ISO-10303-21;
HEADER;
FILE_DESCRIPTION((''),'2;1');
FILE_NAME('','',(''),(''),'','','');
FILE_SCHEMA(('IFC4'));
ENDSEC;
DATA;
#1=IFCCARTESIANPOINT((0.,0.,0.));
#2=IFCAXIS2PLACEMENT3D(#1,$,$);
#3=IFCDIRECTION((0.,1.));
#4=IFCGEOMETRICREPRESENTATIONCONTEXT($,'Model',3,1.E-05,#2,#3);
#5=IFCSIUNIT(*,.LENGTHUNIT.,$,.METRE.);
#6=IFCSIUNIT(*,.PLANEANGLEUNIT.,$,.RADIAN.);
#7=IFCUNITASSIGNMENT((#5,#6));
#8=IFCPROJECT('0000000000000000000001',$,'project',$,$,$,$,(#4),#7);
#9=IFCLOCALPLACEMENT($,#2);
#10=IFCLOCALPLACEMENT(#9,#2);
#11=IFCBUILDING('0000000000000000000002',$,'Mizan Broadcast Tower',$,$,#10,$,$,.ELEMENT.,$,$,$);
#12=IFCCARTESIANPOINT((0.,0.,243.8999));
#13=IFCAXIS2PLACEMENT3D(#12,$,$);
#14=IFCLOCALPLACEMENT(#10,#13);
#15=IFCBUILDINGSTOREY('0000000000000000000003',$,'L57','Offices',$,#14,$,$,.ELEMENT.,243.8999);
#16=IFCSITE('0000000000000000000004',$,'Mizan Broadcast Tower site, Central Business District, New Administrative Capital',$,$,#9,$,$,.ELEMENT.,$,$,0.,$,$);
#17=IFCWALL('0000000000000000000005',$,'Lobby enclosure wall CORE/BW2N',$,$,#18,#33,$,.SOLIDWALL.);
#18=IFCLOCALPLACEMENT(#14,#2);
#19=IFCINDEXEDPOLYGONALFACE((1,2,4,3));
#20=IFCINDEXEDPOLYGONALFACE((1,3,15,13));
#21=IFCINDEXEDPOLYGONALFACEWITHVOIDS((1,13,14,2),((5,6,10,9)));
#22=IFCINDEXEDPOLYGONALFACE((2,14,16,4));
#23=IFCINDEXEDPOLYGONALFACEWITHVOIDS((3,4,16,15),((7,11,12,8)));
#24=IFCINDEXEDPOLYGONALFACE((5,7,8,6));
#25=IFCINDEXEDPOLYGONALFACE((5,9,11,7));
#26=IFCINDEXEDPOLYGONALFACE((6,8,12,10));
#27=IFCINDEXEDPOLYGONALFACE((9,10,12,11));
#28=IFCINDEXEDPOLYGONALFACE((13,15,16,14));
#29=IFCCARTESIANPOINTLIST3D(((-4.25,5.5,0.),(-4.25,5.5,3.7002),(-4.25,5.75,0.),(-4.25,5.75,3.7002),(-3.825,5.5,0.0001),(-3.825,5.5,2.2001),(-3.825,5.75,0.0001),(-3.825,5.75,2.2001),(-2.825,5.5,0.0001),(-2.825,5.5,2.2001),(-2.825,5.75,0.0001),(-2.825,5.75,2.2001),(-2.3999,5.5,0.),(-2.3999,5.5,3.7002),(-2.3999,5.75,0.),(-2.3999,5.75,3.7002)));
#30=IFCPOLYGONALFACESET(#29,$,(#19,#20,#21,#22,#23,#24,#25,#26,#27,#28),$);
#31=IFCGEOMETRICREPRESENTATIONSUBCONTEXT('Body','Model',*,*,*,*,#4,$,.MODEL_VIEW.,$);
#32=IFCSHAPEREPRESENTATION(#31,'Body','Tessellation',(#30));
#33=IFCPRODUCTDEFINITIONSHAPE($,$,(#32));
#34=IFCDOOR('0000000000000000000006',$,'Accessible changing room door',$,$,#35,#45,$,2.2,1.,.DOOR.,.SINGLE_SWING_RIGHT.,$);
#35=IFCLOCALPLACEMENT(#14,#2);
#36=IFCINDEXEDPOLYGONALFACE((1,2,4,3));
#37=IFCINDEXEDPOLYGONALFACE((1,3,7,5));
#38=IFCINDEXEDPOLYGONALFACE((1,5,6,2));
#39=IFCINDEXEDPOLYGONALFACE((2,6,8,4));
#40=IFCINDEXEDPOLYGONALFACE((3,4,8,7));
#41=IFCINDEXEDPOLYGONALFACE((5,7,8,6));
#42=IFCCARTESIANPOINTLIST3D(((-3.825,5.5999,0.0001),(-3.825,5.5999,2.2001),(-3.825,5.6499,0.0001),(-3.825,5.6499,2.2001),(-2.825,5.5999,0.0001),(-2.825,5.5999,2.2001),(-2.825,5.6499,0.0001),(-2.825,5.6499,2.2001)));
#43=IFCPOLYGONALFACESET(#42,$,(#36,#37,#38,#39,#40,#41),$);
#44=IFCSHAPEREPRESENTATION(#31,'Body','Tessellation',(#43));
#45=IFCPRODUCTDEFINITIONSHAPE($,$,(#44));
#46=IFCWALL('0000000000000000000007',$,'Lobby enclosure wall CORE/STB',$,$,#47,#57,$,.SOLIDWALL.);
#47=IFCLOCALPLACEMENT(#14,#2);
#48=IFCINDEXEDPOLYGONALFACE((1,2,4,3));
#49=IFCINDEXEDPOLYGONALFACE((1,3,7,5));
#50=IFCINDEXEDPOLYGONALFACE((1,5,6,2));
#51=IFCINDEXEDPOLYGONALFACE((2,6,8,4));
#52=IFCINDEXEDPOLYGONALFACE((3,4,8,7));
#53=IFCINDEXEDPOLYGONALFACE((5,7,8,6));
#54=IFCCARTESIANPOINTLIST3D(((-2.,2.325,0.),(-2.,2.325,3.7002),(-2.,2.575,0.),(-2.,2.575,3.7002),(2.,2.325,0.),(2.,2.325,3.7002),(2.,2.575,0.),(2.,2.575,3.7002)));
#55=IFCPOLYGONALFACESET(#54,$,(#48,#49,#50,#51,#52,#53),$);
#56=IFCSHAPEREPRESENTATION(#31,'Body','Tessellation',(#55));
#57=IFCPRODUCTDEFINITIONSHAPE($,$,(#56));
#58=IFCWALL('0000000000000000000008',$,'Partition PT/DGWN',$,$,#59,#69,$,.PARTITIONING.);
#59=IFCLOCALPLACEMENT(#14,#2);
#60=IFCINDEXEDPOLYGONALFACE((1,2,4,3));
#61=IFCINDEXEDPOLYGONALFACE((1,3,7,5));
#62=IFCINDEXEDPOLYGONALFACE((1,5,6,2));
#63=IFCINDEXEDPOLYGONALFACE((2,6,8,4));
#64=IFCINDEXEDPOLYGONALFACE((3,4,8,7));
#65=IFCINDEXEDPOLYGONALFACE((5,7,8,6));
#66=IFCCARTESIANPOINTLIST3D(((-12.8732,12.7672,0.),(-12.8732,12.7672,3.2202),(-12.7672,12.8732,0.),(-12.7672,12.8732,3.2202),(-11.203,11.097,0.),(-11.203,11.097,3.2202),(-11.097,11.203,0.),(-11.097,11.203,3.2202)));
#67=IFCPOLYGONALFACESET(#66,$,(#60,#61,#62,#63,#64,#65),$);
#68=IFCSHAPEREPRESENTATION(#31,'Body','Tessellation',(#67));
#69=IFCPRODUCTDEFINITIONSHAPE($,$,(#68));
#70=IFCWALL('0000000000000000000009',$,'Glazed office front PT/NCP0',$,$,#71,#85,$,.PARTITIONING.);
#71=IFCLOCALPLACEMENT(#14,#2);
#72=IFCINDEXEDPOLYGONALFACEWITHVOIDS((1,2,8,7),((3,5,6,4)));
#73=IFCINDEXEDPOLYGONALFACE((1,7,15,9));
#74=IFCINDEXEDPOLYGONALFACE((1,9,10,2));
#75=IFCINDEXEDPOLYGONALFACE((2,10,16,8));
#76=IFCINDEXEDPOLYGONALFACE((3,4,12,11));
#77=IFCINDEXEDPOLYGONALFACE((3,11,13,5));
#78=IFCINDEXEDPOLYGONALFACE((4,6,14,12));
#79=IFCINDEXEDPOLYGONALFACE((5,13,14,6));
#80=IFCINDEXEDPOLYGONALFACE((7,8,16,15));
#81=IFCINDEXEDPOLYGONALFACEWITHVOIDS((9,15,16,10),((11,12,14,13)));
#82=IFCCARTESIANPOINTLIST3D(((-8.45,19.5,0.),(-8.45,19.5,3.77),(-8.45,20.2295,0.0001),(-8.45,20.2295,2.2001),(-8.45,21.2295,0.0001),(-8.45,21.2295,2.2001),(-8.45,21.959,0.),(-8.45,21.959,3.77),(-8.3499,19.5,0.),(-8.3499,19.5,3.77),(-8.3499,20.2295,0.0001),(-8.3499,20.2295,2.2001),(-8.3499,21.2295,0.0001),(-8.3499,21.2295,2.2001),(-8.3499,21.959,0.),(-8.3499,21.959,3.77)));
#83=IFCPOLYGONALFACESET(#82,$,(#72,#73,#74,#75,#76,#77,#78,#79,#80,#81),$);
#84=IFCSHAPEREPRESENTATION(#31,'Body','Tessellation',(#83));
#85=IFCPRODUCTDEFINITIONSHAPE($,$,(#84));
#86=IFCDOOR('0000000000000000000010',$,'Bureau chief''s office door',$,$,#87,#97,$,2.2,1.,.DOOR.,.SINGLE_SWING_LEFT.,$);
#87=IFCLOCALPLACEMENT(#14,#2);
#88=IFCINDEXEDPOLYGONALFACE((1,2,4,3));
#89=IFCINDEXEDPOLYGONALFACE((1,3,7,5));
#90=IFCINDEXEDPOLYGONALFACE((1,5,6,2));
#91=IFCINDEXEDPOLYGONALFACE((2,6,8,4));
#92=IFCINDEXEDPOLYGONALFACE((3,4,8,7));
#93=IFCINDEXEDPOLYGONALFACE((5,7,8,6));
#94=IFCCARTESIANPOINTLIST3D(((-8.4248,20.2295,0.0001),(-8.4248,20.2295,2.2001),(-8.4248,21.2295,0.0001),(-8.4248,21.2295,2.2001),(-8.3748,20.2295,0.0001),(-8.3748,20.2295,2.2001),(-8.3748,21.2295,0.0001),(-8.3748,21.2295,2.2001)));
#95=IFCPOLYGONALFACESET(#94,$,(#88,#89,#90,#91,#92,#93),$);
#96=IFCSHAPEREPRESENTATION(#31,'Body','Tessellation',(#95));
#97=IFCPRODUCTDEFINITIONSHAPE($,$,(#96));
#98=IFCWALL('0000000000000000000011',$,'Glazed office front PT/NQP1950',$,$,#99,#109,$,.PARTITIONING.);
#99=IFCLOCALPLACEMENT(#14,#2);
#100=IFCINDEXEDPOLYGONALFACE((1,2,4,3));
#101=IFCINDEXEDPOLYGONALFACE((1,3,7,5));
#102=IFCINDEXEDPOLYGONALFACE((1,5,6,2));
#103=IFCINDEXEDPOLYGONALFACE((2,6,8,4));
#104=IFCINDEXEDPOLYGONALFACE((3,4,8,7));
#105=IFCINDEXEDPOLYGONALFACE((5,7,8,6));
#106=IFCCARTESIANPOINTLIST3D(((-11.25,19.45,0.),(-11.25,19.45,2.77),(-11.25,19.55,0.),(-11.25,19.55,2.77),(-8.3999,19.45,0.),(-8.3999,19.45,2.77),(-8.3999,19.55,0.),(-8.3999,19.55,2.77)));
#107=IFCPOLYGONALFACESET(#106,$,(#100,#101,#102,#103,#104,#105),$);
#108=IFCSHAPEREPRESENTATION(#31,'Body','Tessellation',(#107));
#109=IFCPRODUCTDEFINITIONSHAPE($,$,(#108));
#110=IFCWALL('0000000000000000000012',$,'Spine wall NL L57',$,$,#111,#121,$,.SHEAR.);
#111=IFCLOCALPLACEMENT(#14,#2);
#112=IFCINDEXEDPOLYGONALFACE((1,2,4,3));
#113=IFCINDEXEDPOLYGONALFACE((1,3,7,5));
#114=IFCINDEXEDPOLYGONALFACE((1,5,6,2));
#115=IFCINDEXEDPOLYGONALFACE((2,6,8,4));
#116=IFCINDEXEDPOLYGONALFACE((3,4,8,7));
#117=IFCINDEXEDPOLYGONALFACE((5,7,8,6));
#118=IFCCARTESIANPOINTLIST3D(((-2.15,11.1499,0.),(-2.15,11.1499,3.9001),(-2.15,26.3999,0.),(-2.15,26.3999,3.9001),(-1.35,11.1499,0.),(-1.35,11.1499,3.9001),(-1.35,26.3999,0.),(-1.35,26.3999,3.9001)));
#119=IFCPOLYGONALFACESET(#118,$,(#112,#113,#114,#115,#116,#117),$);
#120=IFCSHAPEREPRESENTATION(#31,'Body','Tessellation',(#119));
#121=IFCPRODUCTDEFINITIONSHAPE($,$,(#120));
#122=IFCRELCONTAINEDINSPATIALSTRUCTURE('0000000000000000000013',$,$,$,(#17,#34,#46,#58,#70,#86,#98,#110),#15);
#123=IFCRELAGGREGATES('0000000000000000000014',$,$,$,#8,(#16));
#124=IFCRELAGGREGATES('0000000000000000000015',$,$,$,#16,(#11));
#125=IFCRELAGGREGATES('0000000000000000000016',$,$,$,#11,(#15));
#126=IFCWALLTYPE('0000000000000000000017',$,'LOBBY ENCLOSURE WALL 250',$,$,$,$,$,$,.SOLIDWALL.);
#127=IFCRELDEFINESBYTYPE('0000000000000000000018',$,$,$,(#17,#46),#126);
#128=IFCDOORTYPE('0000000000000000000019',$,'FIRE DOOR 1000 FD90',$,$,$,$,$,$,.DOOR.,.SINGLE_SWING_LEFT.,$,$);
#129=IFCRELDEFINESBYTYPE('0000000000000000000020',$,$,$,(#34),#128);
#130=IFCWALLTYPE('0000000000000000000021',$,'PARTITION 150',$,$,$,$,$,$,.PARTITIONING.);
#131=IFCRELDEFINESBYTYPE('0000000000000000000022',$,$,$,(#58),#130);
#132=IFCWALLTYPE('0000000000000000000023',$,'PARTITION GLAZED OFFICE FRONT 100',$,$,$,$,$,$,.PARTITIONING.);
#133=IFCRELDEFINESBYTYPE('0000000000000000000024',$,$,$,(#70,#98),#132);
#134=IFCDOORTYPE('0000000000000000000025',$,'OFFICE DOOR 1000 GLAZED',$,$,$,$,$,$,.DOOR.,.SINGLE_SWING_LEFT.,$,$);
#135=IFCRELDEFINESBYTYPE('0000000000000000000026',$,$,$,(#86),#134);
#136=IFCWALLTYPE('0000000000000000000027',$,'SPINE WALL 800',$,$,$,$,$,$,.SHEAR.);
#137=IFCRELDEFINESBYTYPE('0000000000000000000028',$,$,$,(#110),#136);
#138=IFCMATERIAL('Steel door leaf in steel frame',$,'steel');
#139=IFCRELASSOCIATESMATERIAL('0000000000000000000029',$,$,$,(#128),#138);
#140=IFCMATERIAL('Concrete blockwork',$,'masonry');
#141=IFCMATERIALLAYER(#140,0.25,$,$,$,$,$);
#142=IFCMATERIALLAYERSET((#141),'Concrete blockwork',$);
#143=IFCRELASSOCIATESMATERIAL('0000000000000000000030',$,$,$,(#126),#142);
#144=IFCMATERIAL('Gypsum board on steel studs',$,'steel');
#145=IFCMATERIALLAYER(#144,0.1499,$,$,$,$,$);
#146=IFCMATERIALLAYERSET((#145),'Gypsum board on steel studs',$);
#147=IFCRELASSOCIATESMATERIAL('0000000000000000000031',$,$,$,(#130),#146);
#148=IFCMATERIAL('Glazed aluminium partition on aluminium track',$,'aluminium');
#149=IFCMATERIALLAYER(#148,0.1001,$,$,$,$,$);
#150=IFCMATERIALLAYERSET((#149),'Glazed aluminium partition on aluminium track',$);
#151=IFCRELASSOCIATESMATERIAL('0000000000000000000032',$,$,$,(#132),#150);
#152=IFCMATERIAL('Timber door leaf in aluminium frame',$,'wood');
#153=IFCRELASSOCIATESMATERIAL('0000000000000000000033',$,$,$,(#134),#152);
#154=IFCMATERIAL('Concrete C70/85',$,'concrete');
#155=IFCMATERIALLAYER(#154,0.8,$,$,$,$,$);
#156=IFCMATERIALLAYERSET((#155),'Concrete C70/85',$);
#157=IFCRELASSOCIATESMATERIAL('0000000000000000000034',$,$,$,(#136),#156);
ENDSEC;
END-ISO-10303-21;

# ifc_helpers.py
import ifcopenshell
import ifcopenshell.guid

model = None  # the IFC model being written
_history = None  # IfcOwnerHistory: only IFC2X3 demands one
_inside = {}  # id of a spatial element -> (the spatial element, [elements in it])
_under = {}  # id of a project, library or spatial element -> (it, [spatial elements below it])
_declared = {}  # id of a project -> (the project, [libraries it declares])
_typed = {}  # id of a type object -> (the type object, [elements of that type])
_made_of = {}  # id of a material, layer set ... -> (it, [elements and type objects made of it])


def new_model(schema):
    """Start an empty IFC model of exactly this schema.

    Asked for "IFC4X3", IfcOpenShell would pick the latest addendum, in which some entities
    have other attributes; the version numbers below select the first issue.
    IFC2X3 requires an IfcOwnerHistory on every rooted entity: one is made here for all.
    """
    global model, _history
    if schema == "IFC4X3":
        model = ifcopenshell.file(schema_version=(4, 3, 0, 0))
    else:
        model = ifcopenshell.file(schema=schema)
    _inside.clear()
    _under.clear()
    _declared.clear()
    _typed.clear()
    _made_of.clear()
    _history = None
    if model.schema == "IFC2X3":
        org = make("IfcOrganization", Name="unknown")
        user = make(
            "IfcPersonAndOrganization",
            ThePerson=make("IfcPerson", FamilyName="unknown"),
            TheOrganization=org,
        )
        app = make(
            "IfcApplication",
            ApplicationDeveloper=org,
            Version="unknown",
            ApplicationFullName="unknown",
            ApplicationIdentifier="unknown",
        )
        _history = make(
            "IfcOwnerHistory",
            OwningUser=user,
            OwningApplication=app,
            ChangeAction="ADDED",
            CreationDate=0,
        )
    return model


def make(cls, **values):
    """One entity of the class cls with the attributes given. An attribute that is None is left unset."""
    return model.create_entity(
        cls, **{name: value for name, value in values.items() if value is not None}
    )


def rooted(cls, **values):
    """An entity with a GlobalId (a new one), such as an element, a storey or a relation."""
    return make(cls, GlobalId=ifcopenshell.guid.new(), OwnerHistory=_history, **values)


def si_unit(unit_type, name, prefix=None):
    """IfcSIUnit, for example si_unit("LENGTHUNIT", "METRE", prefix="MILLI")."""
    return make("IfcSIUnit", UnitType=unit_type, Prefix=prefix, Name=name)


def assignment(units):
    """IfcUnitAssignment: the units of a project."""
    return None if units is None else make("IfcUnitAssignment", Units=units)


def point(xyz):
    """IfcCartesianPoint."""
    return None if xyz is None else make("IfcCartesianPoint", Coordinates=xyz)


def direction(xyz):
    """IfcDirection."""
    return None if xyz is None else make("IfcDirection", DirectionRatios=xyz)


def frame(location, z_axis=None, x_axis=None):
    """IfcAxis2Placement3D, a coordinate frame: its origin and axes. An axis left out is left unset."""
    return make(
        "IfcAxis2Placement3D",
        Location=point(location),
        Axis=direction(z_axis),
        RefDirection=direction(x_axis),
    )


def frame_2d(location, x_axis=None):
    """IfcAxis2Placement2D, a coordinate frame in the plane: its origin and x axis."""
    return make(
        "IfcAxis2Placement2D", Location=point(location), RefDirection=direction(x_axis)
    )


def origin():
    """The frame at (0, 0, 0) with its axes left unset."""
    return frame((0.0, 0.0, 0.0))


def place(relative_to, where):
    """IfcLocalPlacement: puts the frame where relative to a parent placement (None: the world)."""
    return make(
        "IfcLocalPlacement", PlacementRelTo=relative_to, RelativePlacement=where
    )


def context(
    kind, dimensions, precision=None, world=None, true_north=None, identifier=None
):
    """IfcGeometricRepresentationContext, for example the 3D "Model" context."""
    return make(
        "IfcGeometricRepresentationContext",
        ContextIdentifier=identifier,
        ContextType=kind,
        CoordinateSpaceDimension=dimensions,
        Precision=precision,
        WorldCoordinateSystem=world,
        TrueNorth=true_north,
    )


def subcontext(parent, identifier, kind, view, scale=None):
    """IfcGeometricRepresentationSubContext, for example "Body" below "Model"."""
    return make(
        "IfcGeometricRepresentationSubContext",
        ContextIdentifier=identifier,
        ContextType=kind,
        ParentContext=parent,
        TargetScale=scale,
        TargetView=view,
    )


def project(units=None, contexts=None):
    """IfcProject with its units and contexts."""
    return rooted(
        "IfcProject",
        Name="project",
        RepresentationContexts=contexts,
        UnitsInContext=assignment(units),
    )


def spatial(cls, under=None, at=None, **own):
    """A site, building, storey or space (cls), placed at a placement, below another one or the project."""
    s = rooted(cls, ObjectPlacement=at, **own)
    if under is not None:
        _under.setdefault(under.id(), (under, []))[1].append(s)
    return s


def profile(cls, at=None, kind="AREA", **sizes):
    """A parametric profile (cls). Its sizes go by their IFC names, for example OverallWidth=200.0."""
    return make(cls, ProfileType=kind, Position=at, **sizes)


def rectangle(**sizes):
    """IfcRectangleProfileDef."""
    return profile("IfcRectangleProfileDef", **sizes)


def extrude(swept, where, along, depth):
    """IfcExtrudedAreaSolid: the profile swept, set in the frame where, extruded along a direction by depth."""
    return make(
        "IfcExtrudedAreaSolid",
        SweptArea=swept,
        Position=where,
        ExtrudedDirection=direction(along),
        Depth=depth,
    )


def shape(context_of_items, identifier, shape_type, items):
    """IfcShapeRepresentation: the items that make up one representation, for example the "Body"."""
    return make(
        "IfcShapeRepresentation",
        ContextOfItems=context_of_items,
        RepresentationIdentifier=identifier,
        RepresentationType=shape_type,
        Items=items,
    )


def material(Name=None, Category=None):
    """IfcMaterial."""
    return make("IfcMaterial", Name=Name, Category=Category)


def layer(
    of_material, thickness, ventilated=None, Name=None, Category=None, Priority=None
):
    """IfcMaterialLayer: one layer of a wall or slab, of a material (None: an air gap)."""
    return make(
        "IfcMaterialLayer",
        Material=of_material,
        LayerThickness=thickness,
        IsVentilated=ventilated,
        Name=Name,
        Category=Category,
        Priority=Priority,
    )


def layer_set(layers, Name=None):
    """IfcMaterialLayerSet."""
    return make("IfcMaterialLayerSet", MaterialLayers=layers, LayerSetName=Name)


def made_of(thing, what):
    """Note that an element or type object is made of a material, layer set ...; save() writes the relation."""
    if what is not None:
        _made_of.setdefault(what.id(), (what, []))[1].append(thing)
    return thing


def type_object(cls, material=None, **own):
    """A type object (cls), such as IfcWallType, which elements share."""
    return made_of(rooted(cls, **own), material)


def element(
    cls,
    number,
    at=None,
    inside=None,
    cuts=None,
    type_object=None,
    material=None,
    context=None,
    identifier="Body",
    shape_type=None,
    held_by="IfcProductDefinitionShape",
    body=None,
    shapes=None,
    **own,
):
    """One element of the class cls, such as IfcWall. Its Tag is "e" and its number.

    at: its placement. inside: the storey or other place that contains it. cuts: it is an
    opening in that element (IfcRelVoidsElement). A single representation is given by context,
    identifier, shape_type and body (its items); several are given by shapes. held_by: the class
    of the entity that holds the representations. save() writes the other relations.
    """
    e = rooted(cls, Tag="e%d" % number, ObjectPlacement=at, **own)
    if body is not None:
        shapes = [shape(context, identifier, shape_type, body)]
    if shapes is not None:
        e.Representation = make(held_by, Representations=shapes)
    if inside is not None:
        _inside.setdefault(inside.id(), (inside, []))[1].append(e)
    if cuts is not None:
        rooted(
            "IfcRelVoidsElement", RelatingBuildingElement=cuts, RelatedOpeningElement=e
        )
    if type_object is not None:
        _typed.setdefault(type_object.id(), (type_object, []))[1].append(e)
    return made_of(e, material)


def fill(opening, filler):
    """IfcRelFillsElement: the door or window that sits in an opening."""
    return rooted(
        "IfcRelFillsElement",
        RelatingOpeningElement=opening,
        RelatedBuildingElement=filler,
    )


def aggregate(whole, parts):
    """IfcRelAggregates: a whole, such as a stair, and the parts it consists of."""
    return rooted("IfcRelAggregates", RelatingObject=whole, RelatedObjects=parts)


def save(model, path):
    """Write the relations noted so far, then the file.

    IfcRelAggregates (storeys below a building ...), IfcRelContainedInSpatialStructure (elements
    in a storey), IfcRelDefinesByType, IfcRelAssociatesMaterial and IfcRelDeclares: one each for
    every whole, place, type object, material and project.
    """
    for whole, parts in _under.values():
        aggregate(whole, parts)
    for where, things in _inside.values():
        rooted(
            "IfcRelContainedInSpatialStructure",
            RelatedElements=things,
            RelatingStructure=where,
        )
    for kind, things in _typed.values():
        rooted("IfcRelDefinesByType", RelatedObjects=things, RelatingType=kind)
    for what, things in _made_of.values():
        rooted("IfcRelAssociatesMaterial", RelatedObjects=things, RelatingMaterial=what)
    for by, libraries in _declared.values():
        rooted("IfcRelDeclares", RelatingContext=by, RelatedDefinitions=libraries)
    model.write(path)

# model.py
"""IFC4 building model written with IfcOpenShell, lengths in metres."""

from ifc_helpers import new_model, si_unit, direction, frame, frame_2d, origin, place, context, subcontext, project, spatial, rectangle, extrude, material, layer, layer_set, type_object, element, fill, save


model = new_model("IFC4")

# Units and contexts
model_context = context("Model", 3, precision=1e-05, world=origin(), true_north=direction((0.0, 1.0)))
body_context = subcontext(model_context, "Body", "Model", "MODEL_VIEW")
ifc_project = project(units=[si_unit("LENGTHUNIT", "METRE"), si_unit("PLANEANGLEUNIT", "RADIAN")], contexts=[model_context])

# Site, building, storey
site_placement = place(None, origin())
site = spatial("IfcSite", under=ifc_project, at=site_placement, Name="Mizan Broadcast Tower site, Central Business District, New Administrative Capital", CompositionType="ELEMENT", RefElevation=0.0)
building_placement = place(site_placement, origin())
building = spatial("IfcBuilding", under=site, at=building_placement, Name="Mizan Broadcast Tower", CompositionType="ELEMENT")
storey_placement = place(building_placement, frame((0.0, 0.0, 243.8999)))
storey = spatial("IfcBuildingStorey", under=building, at=storey_placement, Name="L57", Description="Offices", CompositionType="ELEMENT", Elevation=243.8999)

# Shared definitions
ifc_material_1 = material(Name="Steel door leaf in steel frame", Category="steel")
door_type_1 = type_object("IfcDoorType", Name="FIRE DOOR 1000 FD90", OperationType="SINGLE_SWING_LEFT", PredefinedType="DOOR", material=ifc_material_1)

# Shared definitions
ifc_material_2 = material(Name="Concrete blockwork", Category="masonry")
ifc_layer_1 = layer(ifc_material_2, 0.25)
ifc_layer_set_1 = layer_set([ifc_layer_1], Name="Concrete blockwork")
wall_type_1 = type_object("IfcWallType", Name="LOBBY ENCLOSURE WALL 250", PredefinedType="SOLIDWALL", material=ifc_layer_set_1)

# Wall, opening, door
wall_1_placement = place(storey_placement, frame((-4.25, 5.625, 0.0), z_axis=(0.0, 0.0, 1.0), x_axis=(1.0, 0.0, 0.0)))
wall_1 = element("IfcWall", 1, at=wall_1_placement, inside=storey, type_object=wall_type_1, Name="Lobby enclosure wall CORE/BW2N", PredefinedType="SOLIDWALL", context=body_context, shape_type="SweptSolid", body=[
    extrude(rectangle(XDim=1.8501, YDim=0.25, at=frame_2d((0.925, 0.0))), origin(), (0.0, 0.0, 1.0), 3.7002),
])
opening_1_placement = place(wall_1_placement, frame((0.425, 0.0, 0.0)))
opening_1 = element("IfcOpeningElement", 2, at=opening_1_placement, cuts=wall_1, PredefinedType="OPENING", context=body_context, shape_type="SweptSolid", body=[
    extrude(rectangle(XDim=1.0, YDim=2.2, at=frame_2d((0.5, 1.1001))), frame((0.0, 0.135, 0.0), z_axis=(0.0, -1.0, 0.0), x_axis=(1.0, 0.0, 0.0)), (0.0, 0.0, 1.0), 0.27),
])
door_1_placement = place(opening_1_placement, origin())
door_1 = element("IfcDoor", 3, at=door_1_placement, inside=storey, type_object=door_type_1, Name="Accessible changing room door", OperationType="SINGLE_SWING_RIGHT", OverallHeight=2.2, OverallWidth=1.0, PredefinedType="DOOR", context=body_context, shape_type="SweptSolid", body=[
    extrude(rectangle(XDim=1.0, YDim=2.2, at=frame_2d((0.5, 1.1001))), frame((0.0, 0.0249, 0.0), z_axis=(0.0, -1.0, 0.0), x_axis=(1.0, 0.0, 0.0)), (0.0, 0.0, 1.0), 0.05),
])
fill(opening_1, door_1)

# Walls
wall_2_placement = place(storey_placement, frame((-2.0, 2.45, 0.0), z_axis=(0.0, 0.0, 1.0), x_axis=(1.0, 0.0, 0.0)))
element("IfcWall", 4, at=wall_2_placement, inside=storey, type_object=wall_type_1, Name="Lobby enclosure wall CORE/STB", PredefinedType="SOLIDWALL", context=body_context, shape_type="SweptSolid", body=[
    extrude(rectangle(XDim=4.0, YDim=0.25, at=frame_2d((2.0, 0.0))), origin(), (0.0, 0.0, 1.0), 3.7002),
])
ifc_material_3 = material(Name="Gypsum board on steel studs", Category="steel")
ifc_layer_2 = layer(ifc_material_3, 0.1499)
ifc_layer_set_2 = layer_set([ifc_layer_2], Name="Gypsum board on steel studs")
wall_type_2 = type_object("IfcWallType", Name="PARTITION 150", PredefinedType="PARTITIONING", material=ifc_layer_set_2)
wall_3_placement = place(storey_placement, frame((-11.1499, 11.1499, 0.0), z_axis=(0.0, 0.0, 1.0), x_axis=(-0.707107, 0.707107, 0.0)))
element("IfcWall", 5, at=wall_3_placement, inside=storey, type_object=wall_type_2, Name="Partition PT/DGWN", PredefinedType="PARTITIONING", context=body_context, shape_type="SweptSolid", body=[
    extrude(rectangle(XDim=2.3621, YDim=0.1499, at=frame_2d((1.1812, 0.0))), origin(), (0.0, 0.0, 1.0), 3.2202),
])

# Wall, opening, door
ifc_material_4 = material(Name="Glazed aluminium partition on aluminium track", Category="aluminium")
ifc_layer_3 = layer(ifc_material_4, 0.1001)
ifc_layer_set_3 = layer_set([ifc_layer_3], Name="Glazed aluminium partition on aluminium track")
wall_type_3 = type_object("IfcWallType", Name="PARTITION GLAZED OFFICE FRONT 100", PredefinedType="PARTITIONING", material=ifc_layer_set_3)
wall_4_placement = place(storey_placement, frame((-8.3999, 19.5, 0.0), z_axis=(0.0, 0.0, 1.0), x_axis=(0.0, 1.0, 0.0)))
wall_4 = element("IfcWall", 6, at=wall_4_placement, inside=storey, type_object=wall_type_3, Name="Glazed office front PT/NCP0", PredefinedType="PARTITIONING", context=body_context, shape_type="SweptSolid", body=[
    extrude(rectangle(XDim=2.459, YDim=0.1001, at=frame_2d((1.2295, 0.0))), origin(), (0.0, 0.0, 1.0), 3.77),
])
opening_2_placement = place(wall_4_placement, frame((0.7295, 0.0, 0.0)))
opening_2 = element("IfcOpeningElement", 7, at=opening_2_placement, cuts=wall_4, PredefinedType="OPENING", context=body_context, shape_type="SweptSolid", body=[
    extrude(rectangle(XDim=1.0, YDim=2.2, at=frame_2d((0.5, 1.1001))), frame((0.0, 0.0601, 0.0), z_axis=(0.0, -1.0, 0.0), x_axis=(1.0, 0.0, 0.0)), (0.0, 0.0, 1.0), 0.1201),
])
ifc_material_5 = material(Name="Timber door leaf in aluminium frame", Category="wood")
door_type_2 = type_object("IfcDoorType", Name="OFFICE DOOR 1000 GLAZED", OperationType="SINGLE_SWING_LEFT", PredefinedType="DOOR", material=ifc_material_5)
door_2_placement = place(opening_2_placement, origin())
door_2 = element("IfcDoor", 8, at=door_2_placement, inside=storey, type_object=door_type_2, Name="Bureau chief's office door", OperationType="SINGLE_SWING_LEFT", OverallHeight=2.2, OverallWidth=1.0, PredefinedType="DOOR", context=body_context, shape_type="SweptSolid", body=[
    extrude(rectangle(XDim=1.0, YDim=2.2, at=frame_2d((0.5, 1.1001))), frame((0.0, 0.0249, 0.0), z_axis=(0.0, -1.0, 0.0), x_axis=(1.0, 0.0, 0.0)), (0.0, 0.0, 1.0), 0.05),
])
fill(opening_2, door_2)

# Walls
wall_5_placement = place(storey_placement, frame((-8.3999, 19.5, 0.0), z_axis=(0.0, 0.0, 1.0), x_axis=(-1.0, 0.0, 0.0)))
element("IfcWall", 9, at=wall_5_placement, inside=storey, type_object=wall_type_3, Name="Glazed office front PT/NQP1950", PredefinedType="PARTITIONING", context=body_context, shape_type="SweptSolid", body=[
    extrude(rectangle(XDim=2.8501, YDim=0.1001, at=frame_2d((1.425, 0.0))), origin(), (0.0, 0.0, 1.0), 2.77),
])
ifc_material_6 = material(Name="Concrete C70/85", Category="concrete")
ifc_layer_4 = layer(ifc_material_6, 0.8)
ifc_layer_set_4 = layer_set([ifc_layer_4], Name="Concrete C70/85")
wall_type_4 = type_object("IfcWallType", Name="SPINE WALL 800", PredefinedType="SHEAR", material=ifc_layer_set_4)
wall_6_placement = place(storey_placement, frame((-1.75, 11.1499, 0.0), z_axis=(0.0, 0.0, 1.0), x_axis=(0.0, 1.0, 0.0)))
element("IfcWall", 10, at=wall_6_placement, inside=storey, type_object=wall_type_4, Name="Spine wall NL L57", PredefinedType="SHEAR", context=body_context, shape_type="SweptSolid", body=[
    extrude(rectangle(XDim=15.25, YDim=0.8, at=frame_2d((7.625, 0.0))), origin(), (0.0, 0.0, 1.0), 3.9001),
])

save(model, "model.ifc")
